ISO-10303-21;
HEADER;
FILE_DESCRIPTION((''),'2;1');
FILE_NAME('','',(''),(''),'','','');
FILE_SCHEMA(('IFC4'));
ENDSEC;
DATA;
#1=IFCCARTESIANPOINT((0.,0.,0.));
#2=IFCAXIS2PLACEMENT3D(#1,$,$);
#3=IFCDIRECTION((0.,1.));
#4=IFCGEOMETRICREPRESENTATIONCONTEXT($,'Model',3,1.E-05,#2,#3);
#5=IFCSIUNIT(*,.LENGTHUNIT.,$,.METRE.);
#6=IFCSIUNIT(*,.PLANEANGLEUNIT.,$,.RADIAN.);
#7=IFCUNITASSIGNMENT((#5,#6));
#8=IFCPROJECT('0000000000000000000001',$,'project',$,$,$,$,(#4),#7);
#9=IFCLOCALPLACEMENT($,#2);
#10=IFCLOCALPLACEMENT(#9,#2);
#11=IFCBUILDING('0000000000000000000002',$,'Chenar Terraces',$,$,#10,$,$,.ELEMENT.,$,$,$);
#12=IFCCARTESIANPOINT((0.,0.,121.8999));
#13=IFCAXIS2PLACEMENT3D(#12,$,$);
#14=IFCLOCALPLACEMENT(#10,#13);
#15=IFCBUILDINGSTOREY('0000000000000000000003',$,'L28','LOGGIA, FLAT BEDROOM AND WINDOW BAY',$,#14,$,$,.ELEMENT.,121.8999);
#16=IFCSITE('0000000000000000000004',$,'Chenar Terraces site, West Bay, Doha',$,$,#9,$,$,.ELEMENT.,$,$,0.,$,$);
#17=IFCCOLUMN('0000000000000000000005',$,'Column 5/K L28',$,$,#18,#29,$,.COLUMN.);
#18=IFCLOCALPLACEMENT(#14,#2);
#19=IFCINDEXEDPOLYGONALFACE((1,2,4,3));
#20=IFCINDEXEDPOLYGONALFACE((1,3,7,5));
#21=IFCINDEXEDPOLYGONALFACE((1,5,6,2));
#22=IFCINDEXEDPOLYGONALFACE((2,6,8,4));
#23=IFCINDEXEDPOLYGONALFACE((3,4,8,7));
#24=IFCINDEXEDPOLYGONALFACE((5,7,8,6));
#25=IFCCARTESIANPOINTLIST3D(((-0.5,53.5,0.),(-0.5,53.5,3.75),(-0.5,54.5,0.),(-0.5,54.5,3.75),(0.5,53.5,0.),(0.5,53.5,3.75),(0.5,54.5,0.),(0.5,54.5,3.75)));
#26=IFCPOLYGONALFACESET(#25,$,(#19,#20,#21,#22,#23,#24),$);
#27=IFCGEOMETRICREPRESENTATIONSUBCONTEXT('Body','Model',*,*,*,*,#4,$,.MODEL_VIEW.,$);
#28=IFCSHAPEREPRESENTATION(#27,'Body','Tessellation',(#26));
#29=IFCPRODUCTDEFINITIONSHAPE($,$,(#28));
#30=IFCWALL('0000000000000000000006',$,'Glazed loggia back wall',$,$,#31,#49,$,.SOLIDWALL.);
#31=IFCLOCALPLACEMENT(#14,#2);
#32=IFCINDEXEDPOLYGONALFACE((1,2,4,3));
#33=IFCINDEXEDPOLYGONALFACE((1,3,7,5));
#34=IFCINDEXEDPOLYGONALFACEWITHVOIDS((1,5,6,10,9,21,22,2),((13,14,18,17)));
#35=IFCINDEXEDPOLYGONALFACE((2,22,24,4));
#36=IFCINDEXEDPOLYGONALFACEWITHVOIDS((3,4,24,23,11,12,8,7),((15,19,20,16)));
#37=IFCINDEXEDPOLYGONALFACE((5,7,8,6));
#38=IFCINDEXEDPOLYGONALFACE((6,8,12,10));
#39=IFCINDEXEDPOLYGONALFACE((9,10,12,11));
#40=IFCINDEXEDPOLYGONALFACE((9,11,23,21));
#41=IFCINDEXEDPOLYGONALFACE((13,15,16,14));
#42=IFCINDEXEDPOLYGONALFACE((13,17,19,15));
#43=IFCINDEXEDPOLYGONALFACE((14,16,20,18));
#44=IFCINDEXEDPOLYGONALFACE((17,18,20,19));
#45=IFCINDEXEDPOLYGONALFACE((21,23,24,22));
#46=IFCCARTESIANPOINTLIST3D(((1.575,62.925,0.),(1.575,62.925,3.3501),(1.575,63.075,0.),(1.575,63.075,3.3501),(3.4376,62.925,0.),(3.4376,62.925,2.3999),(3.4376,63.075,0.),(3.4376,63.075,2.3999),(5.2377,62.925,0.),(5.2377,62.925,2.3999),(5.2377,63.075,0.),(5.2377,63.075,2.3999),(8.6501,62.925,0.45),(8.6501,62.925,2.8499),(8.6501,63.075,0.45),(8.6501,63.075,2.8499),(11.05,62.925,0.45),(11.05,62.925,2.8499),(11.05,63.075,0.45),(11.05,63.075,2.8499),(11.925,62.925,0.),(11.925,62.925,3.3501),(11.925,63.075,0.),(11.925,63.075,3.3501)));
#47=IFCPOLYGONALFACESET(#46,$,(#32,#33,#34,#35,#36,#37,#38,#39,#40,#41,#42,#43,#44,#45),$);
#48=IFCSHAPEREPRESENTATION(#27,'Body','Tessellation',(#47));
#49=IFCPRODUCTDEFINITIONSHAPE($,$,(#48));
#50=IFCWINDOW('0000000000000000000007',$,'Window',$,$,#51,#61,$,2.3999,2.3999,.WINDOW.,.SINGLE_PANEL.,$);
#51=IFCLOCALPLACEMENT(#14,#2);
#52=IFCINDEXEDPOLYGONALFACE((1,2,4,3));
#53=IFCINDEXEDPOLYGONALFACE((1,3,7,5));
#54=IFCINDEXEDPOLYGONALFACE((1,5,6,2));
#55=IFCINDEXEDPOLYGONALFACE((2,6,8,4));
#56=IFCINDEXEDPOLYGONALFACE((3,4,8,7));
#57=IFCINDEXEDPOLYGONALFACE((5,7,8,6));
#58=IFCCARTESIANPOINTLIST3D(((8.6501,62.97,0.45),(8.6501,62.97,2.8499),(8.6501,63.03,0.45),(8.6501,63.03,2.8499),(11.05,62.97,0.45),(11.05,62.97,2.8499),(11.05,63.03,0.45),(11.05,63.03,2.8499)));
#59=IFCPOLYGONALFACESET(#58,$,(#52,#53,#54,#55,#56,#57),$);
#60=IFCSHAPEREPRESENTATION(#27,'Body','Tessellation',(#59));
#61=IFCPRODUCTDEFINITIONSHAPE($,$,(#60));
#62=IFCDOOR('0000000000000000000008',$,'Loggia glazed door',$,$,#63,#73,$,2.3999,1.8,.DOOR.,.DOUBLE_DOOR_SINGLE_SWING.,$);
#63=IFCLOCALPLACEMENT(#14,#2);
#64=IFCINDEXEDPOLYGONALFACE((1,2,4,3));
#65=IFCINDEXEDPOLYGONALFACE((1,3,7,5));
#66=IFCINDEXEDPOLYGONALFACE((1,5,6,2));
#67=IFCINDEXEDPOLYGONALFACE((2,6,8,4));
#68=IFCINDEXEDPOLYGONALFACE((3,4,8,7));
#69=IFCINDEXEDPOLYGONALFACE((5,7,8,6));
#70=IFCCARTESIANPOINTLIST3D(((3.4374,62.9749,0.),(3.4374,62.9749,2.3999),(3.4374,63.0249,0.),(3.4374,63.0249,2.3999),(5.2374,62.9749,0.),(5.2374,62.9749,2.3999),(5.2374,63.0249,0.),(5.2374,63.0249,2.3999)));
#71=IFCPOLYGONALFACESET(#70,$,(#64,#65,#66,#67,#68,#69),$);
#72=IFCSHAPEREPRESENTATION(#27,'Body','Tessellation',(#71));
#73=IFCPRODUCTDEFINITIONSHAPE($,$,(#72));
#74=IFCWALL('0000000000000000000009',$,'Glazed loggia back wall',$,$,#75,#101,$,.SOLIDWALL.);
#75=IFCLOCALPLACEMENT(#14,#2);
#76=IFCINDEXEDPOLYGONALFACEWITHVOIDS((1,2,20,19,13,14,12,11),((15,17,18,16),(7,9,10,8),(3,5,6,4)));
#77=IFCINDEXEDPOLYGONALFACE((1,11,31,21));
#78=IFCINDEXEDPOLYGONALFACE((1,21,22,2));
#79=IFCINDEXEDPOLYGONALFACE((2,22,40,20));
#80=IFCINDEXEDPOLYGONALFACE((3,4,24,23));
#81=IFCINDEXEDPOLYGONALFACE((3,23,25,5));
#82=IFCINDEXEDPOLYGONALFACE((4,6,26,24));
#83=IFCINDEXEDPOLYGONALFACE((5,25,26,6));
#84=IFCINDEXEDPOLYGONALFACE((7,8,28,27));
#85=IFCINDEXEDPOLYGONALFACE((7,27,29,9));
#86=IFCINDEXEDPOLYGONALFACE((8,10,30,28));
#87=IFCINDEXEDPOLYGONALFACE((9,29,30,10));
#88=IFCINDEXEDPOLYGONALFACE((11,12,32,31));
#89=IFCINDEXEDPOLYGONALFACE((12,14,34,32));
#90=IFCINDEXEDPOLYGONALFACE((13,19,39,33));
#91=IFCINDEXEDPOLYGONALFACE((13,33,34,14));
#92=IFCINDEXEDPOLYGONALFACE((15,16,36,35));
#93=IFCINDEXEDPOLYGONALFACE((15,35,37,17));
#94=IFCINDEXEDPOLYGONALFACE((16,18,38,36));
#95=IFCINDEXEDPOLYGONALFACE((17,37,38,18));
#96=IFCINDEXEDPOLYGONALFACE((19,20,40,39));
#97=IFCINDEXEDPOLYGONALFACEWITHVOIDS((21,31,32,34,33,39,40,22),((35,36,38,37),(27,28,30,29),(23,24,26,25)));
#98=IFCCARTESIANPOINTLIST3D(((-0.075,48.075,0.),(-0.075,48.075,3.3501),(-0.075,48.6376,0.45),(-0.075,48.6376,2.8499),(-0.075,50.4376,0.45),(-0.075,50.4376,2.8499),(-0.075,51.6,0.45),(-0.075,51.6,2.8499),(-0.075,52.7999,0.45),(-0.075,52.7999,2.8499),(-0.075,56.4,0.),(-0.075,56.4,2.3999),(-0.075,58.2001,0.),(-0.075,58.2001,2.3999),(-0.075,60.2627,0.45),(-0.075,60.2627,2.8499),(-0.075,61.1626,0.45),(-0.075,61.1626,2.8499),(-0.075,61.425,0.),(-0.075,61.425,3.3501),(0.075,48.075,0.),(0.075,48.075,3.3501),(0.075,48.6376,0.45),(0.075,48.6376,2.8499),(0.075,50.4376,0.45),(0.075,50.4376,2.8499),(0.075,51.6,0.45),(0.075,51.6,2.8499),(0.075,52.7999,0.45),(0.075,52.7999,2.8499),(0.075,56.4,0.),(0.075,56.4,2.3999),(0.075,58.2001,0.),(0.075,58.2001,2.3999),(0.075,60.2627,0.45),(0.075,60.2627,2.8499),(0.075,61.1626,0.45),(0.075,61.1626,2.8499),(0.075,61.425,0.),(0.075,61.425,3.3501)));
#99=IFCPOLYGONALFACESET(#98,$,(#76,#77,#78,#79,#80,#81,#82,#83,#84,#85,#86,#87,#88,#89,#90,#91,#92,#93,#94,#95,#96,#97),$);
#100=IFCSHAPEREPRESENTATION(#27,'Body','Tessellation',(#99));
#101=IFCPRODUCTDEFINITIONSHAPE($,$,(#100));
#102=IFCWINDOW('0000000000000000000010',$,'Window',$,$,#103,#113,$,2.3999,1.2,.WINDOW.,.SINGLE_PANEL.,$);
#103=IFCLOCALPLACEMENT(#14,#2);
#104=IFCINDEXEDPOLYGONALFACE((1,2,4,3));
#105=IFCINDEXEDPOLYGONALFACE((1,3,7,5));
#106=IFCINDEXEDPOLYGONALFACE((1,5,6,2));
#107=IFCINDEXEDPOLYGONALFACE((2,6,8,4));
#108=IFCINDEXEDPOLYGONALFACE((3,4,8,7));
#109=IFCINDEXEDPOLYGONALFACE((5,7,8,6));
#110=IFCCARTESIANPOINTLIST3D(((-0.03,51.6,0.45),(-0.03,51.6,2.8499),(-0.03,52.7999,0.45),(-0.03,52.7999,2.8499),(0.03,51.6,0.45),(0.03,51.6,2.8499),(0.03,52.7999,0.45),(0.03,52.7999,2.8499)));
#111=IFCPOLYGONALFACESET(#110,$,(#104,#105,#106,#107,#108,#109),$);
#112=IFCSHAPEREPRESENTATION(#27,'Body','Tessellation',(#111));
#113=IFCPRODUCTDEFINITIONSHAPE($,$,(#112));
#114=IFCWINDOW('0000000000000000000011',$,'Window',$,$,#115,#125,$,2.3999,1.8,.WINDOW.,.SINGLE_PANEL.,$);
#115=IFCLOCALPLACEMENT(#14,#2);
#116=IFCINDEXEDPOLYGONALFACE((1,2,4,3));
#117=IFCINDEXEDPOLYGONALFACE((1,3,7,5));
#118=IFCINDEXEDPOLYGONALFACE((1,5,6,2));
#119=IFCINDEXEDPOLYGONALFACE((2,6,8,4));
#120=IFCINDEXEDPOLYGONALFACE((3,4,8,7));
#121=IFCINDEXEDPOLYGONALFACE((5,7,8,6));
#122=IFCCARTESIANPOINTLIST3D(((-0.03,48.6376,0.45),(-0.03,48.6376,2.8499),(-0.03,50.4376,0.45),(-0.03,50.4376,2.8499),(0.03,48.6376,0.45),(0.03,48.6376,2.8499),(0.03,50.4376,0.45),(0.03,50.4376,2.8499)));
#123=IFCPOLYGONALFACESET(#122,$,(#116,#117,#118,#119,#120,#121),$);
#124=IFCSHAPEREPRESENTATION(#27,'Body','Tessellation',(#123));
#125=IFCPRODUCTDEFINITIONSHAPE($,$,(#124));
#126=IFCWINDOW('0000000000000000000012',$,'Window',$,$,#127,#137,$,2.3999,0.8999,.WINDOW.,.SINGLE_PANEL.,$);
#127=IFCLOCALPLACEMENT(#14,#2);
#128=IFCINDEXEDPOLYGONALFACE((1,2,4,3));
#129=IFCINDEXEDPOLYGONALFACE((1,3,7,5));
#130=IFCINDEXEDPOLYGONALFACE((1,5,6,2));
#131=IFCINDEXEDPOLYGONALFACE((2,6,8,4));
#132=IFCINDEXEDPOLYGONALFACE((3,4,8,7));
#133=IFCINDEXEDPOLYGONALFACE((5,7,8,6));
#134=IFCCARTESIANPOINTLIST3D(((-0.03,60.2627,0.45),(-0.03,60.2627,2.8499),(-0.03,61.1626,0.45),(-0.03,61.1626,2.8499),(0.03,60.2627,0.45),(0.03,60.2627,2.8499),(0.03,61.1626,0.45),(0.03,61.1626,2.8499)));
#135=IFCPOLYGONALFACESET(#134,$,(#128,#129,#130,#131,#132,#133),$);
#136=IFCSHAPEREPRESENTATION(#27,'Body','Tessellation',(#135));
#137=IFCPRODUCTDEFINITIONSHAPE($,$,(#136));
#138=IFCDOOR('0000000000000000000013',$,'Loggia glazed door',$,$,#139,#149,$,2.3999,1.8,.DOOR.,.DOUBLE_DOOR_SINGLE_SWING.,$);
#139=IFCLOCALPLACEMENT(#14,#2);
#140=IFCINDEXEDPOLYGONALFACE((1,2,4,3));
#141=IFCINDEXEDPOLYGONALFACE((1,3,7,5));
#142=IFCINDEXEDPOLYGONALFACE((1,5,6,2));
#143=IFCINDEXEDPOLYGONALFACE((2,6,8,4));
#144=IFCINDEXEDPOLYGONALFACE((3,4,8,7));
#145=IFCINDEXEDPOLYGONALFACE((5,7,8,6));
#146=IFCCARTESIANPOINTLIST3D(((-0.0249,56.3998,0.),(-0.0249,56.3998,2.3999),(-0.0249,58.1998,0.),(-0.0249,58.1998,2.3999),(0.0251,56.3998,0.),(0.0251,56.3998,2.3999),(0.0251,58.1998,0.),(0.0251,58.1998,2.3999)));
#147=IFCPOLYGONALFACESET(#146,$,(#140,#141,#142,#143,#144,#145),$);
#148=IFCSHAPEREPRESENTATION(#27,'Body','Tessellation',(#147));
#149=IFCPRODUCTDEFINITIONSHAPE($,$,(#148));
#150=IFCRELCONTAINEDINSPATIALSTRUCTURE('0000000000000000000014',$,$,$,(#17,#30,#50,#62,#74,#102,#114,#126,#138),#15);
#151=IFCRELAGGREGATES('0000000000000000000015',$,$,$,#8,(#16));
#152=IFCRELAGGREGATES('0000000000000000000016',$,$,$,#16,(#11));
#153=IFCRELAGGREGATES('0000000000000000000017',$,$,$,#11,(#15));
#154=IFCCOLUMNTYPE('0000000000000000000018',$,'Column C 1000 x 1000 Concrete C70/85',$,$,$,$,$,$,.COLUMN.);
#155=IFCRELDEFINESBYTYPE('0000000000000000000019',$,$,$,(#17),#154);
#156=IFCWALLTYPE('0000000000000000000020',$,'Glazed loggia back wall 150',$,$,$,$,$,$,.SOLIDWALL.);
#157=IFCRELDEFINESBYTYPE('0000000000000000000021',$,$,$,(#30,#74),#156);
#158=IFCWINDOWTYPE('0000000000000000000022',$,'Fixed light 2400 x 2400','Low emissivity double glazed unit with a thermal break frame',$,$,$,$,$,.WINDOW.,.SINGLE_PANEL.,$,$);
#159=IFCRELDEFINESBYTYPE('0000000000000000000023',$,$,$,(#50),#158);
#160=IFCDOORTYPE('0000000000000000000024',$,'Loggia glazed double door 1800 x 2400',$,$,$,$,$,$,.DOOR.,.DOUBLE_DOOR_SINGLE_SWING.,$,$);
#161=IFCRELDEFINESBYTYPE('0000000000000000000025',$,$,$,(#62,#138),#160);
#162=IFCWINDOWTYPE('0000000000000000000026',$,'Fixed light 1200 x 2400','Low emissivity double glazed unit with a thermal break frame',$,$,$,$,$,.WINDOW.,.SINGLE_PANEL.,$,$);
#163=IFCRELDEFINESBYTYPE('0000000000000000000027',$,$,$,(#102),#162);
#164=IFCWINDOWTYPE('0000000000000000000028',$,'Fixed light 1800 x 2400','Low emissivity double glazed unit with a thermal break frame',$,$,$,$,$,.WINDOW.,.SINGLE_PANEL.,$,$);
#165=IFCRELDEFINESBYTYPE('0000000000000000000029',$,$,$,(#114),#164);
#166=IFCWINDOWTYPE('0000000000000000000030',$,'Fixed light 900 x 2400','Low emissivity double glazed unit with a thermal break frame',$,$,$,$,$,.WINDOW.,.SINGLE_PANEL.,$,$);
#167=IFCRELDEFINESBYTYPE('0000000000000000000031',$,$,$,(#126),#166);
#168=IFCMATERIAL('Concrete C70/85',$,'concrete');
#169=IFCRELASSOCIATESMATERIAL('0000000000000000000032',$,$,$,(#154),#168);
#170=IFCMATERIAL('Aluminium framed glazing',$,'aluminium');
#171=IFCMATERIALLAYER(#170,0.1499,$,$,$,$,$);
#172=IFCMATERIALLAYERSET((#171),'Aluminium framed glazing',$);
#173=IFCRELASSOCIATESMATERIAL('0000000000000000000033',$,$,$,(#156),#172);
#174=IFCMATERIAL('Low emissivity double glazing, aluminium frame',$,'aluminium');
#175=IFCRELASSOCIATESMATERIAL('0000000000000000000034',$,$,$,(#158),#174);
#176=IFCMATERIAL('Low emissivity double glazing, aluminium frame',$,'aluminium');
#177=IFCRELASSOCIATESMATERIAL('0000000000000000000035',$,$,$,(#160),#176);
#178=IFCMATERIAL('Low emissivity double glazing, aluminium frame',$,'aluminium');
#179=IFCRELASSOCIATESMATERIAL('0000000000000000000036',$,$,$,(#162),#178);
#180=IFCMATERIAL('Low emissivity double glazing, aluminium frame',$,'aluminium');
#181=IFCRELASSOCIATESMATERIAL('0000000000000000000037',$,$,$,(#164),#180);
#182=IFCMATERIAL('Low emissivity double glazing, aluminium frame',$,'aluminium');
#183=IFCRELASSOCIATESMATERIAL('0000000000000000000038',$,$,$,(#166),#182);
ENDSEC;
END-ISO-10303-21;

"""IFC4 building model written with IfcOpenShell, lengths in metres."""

from ifc_helpers import new_model, si_unit, direction, frame, frame_2d, origin, origin_2d, place, context, subcontext, project, spatial, rectangle, extrude, material, layer, layer_set, material_profile, profile_set, type_object, element, fill, save


model = new_model("IFC4")

# Units and contexts
model_context = context("Model", 3, precision=1e-05, world=origin(), true_north=direction((0.0, 1.0)))
body_context = subcontext(model_context, "Body", "Model", "MODEL_VIEW")
ifc_project = project(units=[si_unit("LENGTHUNIT", "METRE"), si_unit("PLANEANGLEUNIT", "RADIAN")], contexts=[model_context])

# Site, building, storey
site_placement = place(None, origin())
site = spatial("IfcSite", under=ifc_project, at=site_placement, Name="Chenar Terraces site, West Bay, Doha", CompositionType="ELEMENT", RefElevation=0.0)
building_placement = place(site_placement, origin())
building = spatial("IfcBuilding", under=site, at=building_placement, Name="Chenar Terraces", CompositionType="ELEMENT")
storey_placement = place(building_placement, frame((0.0, 0.0, 121.8999)))
storey = spatial("IfcBuildingStorey", under=building, at=storey_placement, Name="L28", Description="LOGGIA, FLAT BEDROOM AND WINDOW BAY", CompositionType="ELEMENT", Elevation=121.8999)

# Column
ifc_material_1 = material(Name="Concrete C70/85", Category="concrete")
ifc_material_profile_1 = material_profile(ifc_material_1, rectangle(XDim=1.0, YDim=1.0, at=origin_2d()), Name="C 1000 x 1000")
ifc_profile_set_1 = profile_set([ifc_material_profile_1], Name="Concrete C70/85")
column_type = type_object("IfcColumnType", Name="Column C 1000 x 1000 Concrete C70/85", PredefinedType="COLUMN", material=ifc_profile_set_1)
column_placement = place(storey_placement, frame((0.0, 54.0, 0.0), z_axis=(0.0, 0.0, 1.0), x_axis=(1.0, 0.0, 0.0)))
element("IfcColumn", 1, at=column_placement, inside=storey, type_object=column_type, Name="Column 5/K L28", PredefinedType="COLUMN", context=body_context, shape_type="SweptSolid", body=[
    extrude(rectangle(XDim=1.0, YDim=1.0, at=origin_2d()), origin(), (0.0, 0.0, 1.0), 3.75),
])

# Wall, openings, window, door
ifc_material_2 = material(Name="Aluminium framed glazing", Category="aluminium")
ifc_layer_1 = layer(ifc_material_2, 0.1499)
ifc_layer_set_1 = layer_set([ifc_layer_1], Name="Aluminium framed glazing")
wall_type_1 = type_object("IfcWallType", Name="Glazed loggia back wall 150", PredefinedType="SOLIDWALL", material=ifc_layer_set_1)
wall_1_placement = place(storey_placement, frame((11.925, 63.0, 0.0), z_axis=(0.0, 0.0, 1.0), x_axis=(-1.0, 0.0, 0.0)))
wall_1 = element("IfcWall", 2, at=wall_1_placement, inside=storey, type_object=wall_type_1, Name="Glazed loggia back wall", PredefinedType="SOLIDWALL", context=body_context, shape_type="SweptSolid", body=[
    extrude(rectangle(XDim=10.3501, YDim=0.1499, at=frame_2d((5.175, 0.0))), origin(), (0.0, 0.0, 1.0), 3.3501),
])
opening_1_placement = place(wall_1_placement, frame((0.875, 0.0, 0.45)))
opening_1 = element("IfcOpeningElement", 3, at=opening_1_placement, cuts=wall_1, PredefinedType="OPENING", context=body_context, shape_type="SweptSolid", body=[
    extrude(rectangle(XDim=2.3999, YDim=2.3999, at=frame_2d((1.2, 1.2))), frame((0.0, 0.085, 0.0), z_axis=(0.0, -1.0, 0.0), x_axis=(1.0, 0.0, 0.0)), (0.0, 0.0, 1.0), 0.1699),
])
opening_2_placement = place(wall_1_placement, frame((6.6875, 0.0, 0.0)))
opening_2 = element("IfcOpeningElement", 4, at=opening_2_placement, cuts=wall_1, PredefinedType="OPENING", context=body_context, shape_type="SweptSolid", body=[
    extrude(rectangle(XDim=1.8, YDim=2.3999, at=frame_2d((0.8999, 1.2))), frame((0.0, 0.085, 0.0), z_axis=(0.0, -1.0, 0.0), x_axis=(1.0, 0.0, 0.0)), (0.0, 0.0, 1.0), 0.1699),
])
ifc_material_3 = material(Name="Low emissivity double glazing, aluminium frame", Category="aluminium")
window_type_1 = type_object("IfcWindowType", Name="Fixed light 2400 x 2400", Description="Low emissivity double glazed unit with a thermal break frame", PartitioningType="SINGLE_PANEL", PredefinedType="WINDOW", material=ifc_material_3)
window_1_placement = place(opening_1_placement, origin())
window_1 = element("IfcWindow", 5, at=window_1_placement, inside=storey, type_object=window_type_1, Name="Window", OverallHeight=2.3999, OverallWidth=2.3999, PartitioningType="SINGLE_PANEL", PredefinedType="WINDOW", context=body_context, shape_type="SweptSolid", body=[
    extrude(rectangle(XDim=2.3999, YDim=2.3999, at=frame_2d((1.2, 1.2))), frame((0.0, 0.03, 0.0), z_axis=(0.0, -1.0, 0.0), x_axis=(1.0, 0.0, 0.0)), (0.0, 0.0, 1.0), 0.0601),
])
fill(opening_1, window_1)
ifc_material_4 = material(Name="Low emissivity double glazing, aluminium frame", Category="aluminium")
door_type_1 = type_object("IfcDoorType", Name="Loggia glazed double door 1800 x 2400", OperationType="DOUBLE_DOOR_SINGLE_SWING", PredefinedType="DOOR", material=ifc_material_4)
door_1_placement = place(opening_2_placement, frame((1.8, 0.0, 0.0), z_axis=(0.0, 0.0, 1.0), x_axis=(-1.0, 0.0, 0.0)))
door_1 = element("IfcDoor", 6, at=door_1_placement, inside=storey, type_object=door_type_1, Name="Loggia glazed door", OperationType="DOUBLE_DOOR_SINGLE_SWING", OverallHeight=2.3999, OverallWidth=1.8, PredefinedType="DOOR", context=body_context, shape_type="SweptSolid", body=[
    extrude(rectangle(XDim=1.8, YDim=2.3999, at=frame_2d((0.8999, 1.2))), frame((0.0, 0.0249, 0.0), z_axis=(0.0, -1.0, 0.0), x_axis=(1.0, 0.0, 0.0)), (0.0, 0.0, 1.0), 0.05),
])
fill(opening_2, door_1)

# Wall, openings, windows, door
wall_2_placement = place(storey_placement, frame((0.0, 61.425, 0.0), z_axis=(0.0, 0.0, 1.0), x_axis=(0.0, -1.0, 0.0)))
wall_2 = element("IfcWall", 7, at=wall_2_placement, inside=storey, type_object=wall_type_1, Name="Glazed loggia back wall", PredefinedType="SOLIDWALL", context=body_context, shape_type="SweptSolid", body=[
    extrude(rectangle(XDim=13.3501, YDim=0.1499, at=frame_2d((6.675, 0.0))), origin(), (0.0, 0.0, 1.0), 3.3501),
])
opening_3_placement = place(wall_2_placement, frame((0.2625, 0.0, 0.45)))
opening_3 = element("IfcOpeningElement", 8, at=opening_3_placement, cuts=wall_2, PredefinedType="OPENING", context=body_context, shape_type="SweptSolid", body=[
    extrude(rectangle(XDim=0.8999, YDim=2.3999, at=frame_2d((0.45, 1.2))), frame((0.0, 0.085, 0.0), z_axis=(0.0, -1.0, 0.0), x_axis=(1.0, 0.0, 0.0)), (0.0, 0.0, 1.0), 0.1699),
])
opening_4_placement = place(wall_2_placement, frame((3.2251, 0.0, 0.0)))
opening_4 = element("IfcOpeningElement", 9, at=opening_4_placement, cuts=wall_2, PredefinedType="OPENING", context=body_context, shape_type="SweptSolid", body=[
    extrude(rectangle(XDim=1.8, YDim=2.3999, at=frame_2d((0.8999, 1.2))), frame((0.0, 0.085, 0.0), z_axis=(0.0, -1.0, 0.0), x_axis=(1.0, 0.0, 0.0)), (0.0, 0.0, 1.0), 0.1699),
])
opening_5_placement = place(wall_2_placement, frame((8.625, 0.0, 0.45)))
opening_5 = element("IfcOpeningElement", 10, at=opening_5_placement, cuts=wall_2, PredefinedType="OPENING", context=body_context, shape_type="SweptSolid", body=[
    extrude(rectangle(XDim=1.2, YDim=2.3999, at=frame_2d((0.6001, 1.2))), frame((0.0, 0.085, 0.0), z_axis=(0.0, -1.0, 0.0), x_axis=(1.0, 0.0, 0.0)), (0.0, 0.0, 1.0), 0.1699),
])
opening_6_placement = place(wall_2_placement, frame((10.9875, 0.0, 0.45)))
opening_6 = element("IfcOpeningElement", 11, at=opening_6_placement, cuts=wall_2, PredefinedType="OPENING", context=body_context, shape_type="SweptSolid", body=[
    extrude(rectangle(XDim=1.8, YDim=2.3999, at=frame_2d((0.8999, 1.2))), frame((0.0, 0.085, 0.0), z_axis=(0.0, -1.0, 0.0), x_axis=(1.0, 0.0, 0.0)), (0.0, 0.0, 1.0), 0.1699),
])
ifc_material_5 = material(Name="Low emissivity double glazing, aluminium frame", Category="aluminium")
window_type_2 = type_object("IfcWindowType", Name="Fixed light 1200 x 2400", Description="Low emissivity double glazed unit with a thermal break frame", PartitioningType="SINGLE_PANEL", PredefinedType="WINDOW", material=ifc_material_5)
window_2_placement = place(opening_5_placement, origin())
window_2 = element("IfcWindow", 12, at=window_2_placement, inside=storey, type_object=window_type_2, Name="Window", OverallHeight=2.3999, OverallWidth=1.2, PartitioningType="SINGLE_PANEL", PredefinedType="WINDOW", context=body_context, shape_type="SweptSolid", body=[
    extrude(rectangle(XDim=1.2, YDim=2.3999, at=frame_2d((0.6001, 1.2))), frame((0.0, 0.03, 0.0), z_axis=(0.0, -1.0, 0.0), x_axis=(1.0, 0.0, 0.0)), (0.0, 0.0, 1.0), 0.0601),
])
fill(opening_5, window_2)
ifc_material_6 = material(Name="Low emissivity double glazing, aluminium frame", Category="aluminium")
window_type_3 = type_object("IfcWindowType", Name="Fixed light 1800 x 2400", Description="Low emissivity double glazed unit with a thermal break frame", PartitioningType="SINGLE_PANEL", PredefinedType="WINDOW", material=ifc_material_6)
window_3_placement = place(opening_6_placement, origin())
window_3 = element("IfcWindow", 13, at=window_3_placement, inside=storey, type_object=window_type_3, Name="Window", OverallHeight=2.3999, OverallWidth=1.8, PartitioningType="SINGLE_PANEL", PredefinedType="WINDOW", context=body_context, shape_type="SweptSolid", body=[
    extrude(rectangle(XDim=1.8, YDim=2.3999, at=frame_2d((0.8999, 1.2))), frame((0.0, 0.03, 0.0), z_axis=(0.0, -1.0, 0.0), x_axis=(1.0, 0.0, 0.0)), (0.0, 0.0, 1.0), 0.0601),
])
fill(opening_6, window_3)
ifc_material_7 = material(Name="Low emissivity double glazing, aluminium frame", Category="aluminium")
window_type_4 = type_object("IfcWindowType", Name="Fixed light 900 x 2400", Description="Low emissivity double glazed unit with a thermal break frame", PartitioningType="SINGLE_PANEL", PredefinedType="WINDOW", material=ifc_material_7)
window_4_placement = place(opening_3_placement, origin())
window_4 = element("IfcWindow", 14, at=window_4_placement, inside=storey, type_object=window_type_4, Name="Window", OverallHeight=2.3999, OverallWidth=0.8999, PartitioningType="SINGLE_PANEL", PredefinedType="WINDOW", context=body_context, shape_type="SweptSolid", body=[
    extrude(rectangle(XDim=0.8999, YDim=2.3999, at=frame_2d((0.45, 1.2))), frame((0.0, 0.03, 0.0), z_axis=(0.0, -1.0, 0.0), x_axis=(1.0, 0.0, 0.0)), (0.0, 0.0, 1.0), 0.0601),
])
fill(opening_3, window_4)
door_2_placement = place(opening_4_placement, frame((1.8, 0.0, 0.0), z_axis=(0.0, 0.0, 1.0), x_axis=(-1.0, 0.0, 0.0)))
door_2 = element("IfcDoor", 15, at=door_2_placement, inside=storey, type_object=door_type_1, Name="Loggia glazed door", OperationType="DOUBLE_DOOR_SINGLE_SWING", OverallHeight=2.3999, OverallWidth=1.8, PredefinedType="DOOR", context=body_context, shape_type="SweptSolid", body=[
    extrude(rectangle(XDim=1.8, YDim=2.3999, at=frame_2d((0.8999, 1.2))), frame((0.0, 0.0249, 0.0), z_axis=(0.0, -1.0, 0.0), x_axis=(1.0, 0.0, 0.0)), (0.0, 0.0, 1.0), 0.05),
])
fill(opening_4, door_2)

save(model, "model.ifc")
